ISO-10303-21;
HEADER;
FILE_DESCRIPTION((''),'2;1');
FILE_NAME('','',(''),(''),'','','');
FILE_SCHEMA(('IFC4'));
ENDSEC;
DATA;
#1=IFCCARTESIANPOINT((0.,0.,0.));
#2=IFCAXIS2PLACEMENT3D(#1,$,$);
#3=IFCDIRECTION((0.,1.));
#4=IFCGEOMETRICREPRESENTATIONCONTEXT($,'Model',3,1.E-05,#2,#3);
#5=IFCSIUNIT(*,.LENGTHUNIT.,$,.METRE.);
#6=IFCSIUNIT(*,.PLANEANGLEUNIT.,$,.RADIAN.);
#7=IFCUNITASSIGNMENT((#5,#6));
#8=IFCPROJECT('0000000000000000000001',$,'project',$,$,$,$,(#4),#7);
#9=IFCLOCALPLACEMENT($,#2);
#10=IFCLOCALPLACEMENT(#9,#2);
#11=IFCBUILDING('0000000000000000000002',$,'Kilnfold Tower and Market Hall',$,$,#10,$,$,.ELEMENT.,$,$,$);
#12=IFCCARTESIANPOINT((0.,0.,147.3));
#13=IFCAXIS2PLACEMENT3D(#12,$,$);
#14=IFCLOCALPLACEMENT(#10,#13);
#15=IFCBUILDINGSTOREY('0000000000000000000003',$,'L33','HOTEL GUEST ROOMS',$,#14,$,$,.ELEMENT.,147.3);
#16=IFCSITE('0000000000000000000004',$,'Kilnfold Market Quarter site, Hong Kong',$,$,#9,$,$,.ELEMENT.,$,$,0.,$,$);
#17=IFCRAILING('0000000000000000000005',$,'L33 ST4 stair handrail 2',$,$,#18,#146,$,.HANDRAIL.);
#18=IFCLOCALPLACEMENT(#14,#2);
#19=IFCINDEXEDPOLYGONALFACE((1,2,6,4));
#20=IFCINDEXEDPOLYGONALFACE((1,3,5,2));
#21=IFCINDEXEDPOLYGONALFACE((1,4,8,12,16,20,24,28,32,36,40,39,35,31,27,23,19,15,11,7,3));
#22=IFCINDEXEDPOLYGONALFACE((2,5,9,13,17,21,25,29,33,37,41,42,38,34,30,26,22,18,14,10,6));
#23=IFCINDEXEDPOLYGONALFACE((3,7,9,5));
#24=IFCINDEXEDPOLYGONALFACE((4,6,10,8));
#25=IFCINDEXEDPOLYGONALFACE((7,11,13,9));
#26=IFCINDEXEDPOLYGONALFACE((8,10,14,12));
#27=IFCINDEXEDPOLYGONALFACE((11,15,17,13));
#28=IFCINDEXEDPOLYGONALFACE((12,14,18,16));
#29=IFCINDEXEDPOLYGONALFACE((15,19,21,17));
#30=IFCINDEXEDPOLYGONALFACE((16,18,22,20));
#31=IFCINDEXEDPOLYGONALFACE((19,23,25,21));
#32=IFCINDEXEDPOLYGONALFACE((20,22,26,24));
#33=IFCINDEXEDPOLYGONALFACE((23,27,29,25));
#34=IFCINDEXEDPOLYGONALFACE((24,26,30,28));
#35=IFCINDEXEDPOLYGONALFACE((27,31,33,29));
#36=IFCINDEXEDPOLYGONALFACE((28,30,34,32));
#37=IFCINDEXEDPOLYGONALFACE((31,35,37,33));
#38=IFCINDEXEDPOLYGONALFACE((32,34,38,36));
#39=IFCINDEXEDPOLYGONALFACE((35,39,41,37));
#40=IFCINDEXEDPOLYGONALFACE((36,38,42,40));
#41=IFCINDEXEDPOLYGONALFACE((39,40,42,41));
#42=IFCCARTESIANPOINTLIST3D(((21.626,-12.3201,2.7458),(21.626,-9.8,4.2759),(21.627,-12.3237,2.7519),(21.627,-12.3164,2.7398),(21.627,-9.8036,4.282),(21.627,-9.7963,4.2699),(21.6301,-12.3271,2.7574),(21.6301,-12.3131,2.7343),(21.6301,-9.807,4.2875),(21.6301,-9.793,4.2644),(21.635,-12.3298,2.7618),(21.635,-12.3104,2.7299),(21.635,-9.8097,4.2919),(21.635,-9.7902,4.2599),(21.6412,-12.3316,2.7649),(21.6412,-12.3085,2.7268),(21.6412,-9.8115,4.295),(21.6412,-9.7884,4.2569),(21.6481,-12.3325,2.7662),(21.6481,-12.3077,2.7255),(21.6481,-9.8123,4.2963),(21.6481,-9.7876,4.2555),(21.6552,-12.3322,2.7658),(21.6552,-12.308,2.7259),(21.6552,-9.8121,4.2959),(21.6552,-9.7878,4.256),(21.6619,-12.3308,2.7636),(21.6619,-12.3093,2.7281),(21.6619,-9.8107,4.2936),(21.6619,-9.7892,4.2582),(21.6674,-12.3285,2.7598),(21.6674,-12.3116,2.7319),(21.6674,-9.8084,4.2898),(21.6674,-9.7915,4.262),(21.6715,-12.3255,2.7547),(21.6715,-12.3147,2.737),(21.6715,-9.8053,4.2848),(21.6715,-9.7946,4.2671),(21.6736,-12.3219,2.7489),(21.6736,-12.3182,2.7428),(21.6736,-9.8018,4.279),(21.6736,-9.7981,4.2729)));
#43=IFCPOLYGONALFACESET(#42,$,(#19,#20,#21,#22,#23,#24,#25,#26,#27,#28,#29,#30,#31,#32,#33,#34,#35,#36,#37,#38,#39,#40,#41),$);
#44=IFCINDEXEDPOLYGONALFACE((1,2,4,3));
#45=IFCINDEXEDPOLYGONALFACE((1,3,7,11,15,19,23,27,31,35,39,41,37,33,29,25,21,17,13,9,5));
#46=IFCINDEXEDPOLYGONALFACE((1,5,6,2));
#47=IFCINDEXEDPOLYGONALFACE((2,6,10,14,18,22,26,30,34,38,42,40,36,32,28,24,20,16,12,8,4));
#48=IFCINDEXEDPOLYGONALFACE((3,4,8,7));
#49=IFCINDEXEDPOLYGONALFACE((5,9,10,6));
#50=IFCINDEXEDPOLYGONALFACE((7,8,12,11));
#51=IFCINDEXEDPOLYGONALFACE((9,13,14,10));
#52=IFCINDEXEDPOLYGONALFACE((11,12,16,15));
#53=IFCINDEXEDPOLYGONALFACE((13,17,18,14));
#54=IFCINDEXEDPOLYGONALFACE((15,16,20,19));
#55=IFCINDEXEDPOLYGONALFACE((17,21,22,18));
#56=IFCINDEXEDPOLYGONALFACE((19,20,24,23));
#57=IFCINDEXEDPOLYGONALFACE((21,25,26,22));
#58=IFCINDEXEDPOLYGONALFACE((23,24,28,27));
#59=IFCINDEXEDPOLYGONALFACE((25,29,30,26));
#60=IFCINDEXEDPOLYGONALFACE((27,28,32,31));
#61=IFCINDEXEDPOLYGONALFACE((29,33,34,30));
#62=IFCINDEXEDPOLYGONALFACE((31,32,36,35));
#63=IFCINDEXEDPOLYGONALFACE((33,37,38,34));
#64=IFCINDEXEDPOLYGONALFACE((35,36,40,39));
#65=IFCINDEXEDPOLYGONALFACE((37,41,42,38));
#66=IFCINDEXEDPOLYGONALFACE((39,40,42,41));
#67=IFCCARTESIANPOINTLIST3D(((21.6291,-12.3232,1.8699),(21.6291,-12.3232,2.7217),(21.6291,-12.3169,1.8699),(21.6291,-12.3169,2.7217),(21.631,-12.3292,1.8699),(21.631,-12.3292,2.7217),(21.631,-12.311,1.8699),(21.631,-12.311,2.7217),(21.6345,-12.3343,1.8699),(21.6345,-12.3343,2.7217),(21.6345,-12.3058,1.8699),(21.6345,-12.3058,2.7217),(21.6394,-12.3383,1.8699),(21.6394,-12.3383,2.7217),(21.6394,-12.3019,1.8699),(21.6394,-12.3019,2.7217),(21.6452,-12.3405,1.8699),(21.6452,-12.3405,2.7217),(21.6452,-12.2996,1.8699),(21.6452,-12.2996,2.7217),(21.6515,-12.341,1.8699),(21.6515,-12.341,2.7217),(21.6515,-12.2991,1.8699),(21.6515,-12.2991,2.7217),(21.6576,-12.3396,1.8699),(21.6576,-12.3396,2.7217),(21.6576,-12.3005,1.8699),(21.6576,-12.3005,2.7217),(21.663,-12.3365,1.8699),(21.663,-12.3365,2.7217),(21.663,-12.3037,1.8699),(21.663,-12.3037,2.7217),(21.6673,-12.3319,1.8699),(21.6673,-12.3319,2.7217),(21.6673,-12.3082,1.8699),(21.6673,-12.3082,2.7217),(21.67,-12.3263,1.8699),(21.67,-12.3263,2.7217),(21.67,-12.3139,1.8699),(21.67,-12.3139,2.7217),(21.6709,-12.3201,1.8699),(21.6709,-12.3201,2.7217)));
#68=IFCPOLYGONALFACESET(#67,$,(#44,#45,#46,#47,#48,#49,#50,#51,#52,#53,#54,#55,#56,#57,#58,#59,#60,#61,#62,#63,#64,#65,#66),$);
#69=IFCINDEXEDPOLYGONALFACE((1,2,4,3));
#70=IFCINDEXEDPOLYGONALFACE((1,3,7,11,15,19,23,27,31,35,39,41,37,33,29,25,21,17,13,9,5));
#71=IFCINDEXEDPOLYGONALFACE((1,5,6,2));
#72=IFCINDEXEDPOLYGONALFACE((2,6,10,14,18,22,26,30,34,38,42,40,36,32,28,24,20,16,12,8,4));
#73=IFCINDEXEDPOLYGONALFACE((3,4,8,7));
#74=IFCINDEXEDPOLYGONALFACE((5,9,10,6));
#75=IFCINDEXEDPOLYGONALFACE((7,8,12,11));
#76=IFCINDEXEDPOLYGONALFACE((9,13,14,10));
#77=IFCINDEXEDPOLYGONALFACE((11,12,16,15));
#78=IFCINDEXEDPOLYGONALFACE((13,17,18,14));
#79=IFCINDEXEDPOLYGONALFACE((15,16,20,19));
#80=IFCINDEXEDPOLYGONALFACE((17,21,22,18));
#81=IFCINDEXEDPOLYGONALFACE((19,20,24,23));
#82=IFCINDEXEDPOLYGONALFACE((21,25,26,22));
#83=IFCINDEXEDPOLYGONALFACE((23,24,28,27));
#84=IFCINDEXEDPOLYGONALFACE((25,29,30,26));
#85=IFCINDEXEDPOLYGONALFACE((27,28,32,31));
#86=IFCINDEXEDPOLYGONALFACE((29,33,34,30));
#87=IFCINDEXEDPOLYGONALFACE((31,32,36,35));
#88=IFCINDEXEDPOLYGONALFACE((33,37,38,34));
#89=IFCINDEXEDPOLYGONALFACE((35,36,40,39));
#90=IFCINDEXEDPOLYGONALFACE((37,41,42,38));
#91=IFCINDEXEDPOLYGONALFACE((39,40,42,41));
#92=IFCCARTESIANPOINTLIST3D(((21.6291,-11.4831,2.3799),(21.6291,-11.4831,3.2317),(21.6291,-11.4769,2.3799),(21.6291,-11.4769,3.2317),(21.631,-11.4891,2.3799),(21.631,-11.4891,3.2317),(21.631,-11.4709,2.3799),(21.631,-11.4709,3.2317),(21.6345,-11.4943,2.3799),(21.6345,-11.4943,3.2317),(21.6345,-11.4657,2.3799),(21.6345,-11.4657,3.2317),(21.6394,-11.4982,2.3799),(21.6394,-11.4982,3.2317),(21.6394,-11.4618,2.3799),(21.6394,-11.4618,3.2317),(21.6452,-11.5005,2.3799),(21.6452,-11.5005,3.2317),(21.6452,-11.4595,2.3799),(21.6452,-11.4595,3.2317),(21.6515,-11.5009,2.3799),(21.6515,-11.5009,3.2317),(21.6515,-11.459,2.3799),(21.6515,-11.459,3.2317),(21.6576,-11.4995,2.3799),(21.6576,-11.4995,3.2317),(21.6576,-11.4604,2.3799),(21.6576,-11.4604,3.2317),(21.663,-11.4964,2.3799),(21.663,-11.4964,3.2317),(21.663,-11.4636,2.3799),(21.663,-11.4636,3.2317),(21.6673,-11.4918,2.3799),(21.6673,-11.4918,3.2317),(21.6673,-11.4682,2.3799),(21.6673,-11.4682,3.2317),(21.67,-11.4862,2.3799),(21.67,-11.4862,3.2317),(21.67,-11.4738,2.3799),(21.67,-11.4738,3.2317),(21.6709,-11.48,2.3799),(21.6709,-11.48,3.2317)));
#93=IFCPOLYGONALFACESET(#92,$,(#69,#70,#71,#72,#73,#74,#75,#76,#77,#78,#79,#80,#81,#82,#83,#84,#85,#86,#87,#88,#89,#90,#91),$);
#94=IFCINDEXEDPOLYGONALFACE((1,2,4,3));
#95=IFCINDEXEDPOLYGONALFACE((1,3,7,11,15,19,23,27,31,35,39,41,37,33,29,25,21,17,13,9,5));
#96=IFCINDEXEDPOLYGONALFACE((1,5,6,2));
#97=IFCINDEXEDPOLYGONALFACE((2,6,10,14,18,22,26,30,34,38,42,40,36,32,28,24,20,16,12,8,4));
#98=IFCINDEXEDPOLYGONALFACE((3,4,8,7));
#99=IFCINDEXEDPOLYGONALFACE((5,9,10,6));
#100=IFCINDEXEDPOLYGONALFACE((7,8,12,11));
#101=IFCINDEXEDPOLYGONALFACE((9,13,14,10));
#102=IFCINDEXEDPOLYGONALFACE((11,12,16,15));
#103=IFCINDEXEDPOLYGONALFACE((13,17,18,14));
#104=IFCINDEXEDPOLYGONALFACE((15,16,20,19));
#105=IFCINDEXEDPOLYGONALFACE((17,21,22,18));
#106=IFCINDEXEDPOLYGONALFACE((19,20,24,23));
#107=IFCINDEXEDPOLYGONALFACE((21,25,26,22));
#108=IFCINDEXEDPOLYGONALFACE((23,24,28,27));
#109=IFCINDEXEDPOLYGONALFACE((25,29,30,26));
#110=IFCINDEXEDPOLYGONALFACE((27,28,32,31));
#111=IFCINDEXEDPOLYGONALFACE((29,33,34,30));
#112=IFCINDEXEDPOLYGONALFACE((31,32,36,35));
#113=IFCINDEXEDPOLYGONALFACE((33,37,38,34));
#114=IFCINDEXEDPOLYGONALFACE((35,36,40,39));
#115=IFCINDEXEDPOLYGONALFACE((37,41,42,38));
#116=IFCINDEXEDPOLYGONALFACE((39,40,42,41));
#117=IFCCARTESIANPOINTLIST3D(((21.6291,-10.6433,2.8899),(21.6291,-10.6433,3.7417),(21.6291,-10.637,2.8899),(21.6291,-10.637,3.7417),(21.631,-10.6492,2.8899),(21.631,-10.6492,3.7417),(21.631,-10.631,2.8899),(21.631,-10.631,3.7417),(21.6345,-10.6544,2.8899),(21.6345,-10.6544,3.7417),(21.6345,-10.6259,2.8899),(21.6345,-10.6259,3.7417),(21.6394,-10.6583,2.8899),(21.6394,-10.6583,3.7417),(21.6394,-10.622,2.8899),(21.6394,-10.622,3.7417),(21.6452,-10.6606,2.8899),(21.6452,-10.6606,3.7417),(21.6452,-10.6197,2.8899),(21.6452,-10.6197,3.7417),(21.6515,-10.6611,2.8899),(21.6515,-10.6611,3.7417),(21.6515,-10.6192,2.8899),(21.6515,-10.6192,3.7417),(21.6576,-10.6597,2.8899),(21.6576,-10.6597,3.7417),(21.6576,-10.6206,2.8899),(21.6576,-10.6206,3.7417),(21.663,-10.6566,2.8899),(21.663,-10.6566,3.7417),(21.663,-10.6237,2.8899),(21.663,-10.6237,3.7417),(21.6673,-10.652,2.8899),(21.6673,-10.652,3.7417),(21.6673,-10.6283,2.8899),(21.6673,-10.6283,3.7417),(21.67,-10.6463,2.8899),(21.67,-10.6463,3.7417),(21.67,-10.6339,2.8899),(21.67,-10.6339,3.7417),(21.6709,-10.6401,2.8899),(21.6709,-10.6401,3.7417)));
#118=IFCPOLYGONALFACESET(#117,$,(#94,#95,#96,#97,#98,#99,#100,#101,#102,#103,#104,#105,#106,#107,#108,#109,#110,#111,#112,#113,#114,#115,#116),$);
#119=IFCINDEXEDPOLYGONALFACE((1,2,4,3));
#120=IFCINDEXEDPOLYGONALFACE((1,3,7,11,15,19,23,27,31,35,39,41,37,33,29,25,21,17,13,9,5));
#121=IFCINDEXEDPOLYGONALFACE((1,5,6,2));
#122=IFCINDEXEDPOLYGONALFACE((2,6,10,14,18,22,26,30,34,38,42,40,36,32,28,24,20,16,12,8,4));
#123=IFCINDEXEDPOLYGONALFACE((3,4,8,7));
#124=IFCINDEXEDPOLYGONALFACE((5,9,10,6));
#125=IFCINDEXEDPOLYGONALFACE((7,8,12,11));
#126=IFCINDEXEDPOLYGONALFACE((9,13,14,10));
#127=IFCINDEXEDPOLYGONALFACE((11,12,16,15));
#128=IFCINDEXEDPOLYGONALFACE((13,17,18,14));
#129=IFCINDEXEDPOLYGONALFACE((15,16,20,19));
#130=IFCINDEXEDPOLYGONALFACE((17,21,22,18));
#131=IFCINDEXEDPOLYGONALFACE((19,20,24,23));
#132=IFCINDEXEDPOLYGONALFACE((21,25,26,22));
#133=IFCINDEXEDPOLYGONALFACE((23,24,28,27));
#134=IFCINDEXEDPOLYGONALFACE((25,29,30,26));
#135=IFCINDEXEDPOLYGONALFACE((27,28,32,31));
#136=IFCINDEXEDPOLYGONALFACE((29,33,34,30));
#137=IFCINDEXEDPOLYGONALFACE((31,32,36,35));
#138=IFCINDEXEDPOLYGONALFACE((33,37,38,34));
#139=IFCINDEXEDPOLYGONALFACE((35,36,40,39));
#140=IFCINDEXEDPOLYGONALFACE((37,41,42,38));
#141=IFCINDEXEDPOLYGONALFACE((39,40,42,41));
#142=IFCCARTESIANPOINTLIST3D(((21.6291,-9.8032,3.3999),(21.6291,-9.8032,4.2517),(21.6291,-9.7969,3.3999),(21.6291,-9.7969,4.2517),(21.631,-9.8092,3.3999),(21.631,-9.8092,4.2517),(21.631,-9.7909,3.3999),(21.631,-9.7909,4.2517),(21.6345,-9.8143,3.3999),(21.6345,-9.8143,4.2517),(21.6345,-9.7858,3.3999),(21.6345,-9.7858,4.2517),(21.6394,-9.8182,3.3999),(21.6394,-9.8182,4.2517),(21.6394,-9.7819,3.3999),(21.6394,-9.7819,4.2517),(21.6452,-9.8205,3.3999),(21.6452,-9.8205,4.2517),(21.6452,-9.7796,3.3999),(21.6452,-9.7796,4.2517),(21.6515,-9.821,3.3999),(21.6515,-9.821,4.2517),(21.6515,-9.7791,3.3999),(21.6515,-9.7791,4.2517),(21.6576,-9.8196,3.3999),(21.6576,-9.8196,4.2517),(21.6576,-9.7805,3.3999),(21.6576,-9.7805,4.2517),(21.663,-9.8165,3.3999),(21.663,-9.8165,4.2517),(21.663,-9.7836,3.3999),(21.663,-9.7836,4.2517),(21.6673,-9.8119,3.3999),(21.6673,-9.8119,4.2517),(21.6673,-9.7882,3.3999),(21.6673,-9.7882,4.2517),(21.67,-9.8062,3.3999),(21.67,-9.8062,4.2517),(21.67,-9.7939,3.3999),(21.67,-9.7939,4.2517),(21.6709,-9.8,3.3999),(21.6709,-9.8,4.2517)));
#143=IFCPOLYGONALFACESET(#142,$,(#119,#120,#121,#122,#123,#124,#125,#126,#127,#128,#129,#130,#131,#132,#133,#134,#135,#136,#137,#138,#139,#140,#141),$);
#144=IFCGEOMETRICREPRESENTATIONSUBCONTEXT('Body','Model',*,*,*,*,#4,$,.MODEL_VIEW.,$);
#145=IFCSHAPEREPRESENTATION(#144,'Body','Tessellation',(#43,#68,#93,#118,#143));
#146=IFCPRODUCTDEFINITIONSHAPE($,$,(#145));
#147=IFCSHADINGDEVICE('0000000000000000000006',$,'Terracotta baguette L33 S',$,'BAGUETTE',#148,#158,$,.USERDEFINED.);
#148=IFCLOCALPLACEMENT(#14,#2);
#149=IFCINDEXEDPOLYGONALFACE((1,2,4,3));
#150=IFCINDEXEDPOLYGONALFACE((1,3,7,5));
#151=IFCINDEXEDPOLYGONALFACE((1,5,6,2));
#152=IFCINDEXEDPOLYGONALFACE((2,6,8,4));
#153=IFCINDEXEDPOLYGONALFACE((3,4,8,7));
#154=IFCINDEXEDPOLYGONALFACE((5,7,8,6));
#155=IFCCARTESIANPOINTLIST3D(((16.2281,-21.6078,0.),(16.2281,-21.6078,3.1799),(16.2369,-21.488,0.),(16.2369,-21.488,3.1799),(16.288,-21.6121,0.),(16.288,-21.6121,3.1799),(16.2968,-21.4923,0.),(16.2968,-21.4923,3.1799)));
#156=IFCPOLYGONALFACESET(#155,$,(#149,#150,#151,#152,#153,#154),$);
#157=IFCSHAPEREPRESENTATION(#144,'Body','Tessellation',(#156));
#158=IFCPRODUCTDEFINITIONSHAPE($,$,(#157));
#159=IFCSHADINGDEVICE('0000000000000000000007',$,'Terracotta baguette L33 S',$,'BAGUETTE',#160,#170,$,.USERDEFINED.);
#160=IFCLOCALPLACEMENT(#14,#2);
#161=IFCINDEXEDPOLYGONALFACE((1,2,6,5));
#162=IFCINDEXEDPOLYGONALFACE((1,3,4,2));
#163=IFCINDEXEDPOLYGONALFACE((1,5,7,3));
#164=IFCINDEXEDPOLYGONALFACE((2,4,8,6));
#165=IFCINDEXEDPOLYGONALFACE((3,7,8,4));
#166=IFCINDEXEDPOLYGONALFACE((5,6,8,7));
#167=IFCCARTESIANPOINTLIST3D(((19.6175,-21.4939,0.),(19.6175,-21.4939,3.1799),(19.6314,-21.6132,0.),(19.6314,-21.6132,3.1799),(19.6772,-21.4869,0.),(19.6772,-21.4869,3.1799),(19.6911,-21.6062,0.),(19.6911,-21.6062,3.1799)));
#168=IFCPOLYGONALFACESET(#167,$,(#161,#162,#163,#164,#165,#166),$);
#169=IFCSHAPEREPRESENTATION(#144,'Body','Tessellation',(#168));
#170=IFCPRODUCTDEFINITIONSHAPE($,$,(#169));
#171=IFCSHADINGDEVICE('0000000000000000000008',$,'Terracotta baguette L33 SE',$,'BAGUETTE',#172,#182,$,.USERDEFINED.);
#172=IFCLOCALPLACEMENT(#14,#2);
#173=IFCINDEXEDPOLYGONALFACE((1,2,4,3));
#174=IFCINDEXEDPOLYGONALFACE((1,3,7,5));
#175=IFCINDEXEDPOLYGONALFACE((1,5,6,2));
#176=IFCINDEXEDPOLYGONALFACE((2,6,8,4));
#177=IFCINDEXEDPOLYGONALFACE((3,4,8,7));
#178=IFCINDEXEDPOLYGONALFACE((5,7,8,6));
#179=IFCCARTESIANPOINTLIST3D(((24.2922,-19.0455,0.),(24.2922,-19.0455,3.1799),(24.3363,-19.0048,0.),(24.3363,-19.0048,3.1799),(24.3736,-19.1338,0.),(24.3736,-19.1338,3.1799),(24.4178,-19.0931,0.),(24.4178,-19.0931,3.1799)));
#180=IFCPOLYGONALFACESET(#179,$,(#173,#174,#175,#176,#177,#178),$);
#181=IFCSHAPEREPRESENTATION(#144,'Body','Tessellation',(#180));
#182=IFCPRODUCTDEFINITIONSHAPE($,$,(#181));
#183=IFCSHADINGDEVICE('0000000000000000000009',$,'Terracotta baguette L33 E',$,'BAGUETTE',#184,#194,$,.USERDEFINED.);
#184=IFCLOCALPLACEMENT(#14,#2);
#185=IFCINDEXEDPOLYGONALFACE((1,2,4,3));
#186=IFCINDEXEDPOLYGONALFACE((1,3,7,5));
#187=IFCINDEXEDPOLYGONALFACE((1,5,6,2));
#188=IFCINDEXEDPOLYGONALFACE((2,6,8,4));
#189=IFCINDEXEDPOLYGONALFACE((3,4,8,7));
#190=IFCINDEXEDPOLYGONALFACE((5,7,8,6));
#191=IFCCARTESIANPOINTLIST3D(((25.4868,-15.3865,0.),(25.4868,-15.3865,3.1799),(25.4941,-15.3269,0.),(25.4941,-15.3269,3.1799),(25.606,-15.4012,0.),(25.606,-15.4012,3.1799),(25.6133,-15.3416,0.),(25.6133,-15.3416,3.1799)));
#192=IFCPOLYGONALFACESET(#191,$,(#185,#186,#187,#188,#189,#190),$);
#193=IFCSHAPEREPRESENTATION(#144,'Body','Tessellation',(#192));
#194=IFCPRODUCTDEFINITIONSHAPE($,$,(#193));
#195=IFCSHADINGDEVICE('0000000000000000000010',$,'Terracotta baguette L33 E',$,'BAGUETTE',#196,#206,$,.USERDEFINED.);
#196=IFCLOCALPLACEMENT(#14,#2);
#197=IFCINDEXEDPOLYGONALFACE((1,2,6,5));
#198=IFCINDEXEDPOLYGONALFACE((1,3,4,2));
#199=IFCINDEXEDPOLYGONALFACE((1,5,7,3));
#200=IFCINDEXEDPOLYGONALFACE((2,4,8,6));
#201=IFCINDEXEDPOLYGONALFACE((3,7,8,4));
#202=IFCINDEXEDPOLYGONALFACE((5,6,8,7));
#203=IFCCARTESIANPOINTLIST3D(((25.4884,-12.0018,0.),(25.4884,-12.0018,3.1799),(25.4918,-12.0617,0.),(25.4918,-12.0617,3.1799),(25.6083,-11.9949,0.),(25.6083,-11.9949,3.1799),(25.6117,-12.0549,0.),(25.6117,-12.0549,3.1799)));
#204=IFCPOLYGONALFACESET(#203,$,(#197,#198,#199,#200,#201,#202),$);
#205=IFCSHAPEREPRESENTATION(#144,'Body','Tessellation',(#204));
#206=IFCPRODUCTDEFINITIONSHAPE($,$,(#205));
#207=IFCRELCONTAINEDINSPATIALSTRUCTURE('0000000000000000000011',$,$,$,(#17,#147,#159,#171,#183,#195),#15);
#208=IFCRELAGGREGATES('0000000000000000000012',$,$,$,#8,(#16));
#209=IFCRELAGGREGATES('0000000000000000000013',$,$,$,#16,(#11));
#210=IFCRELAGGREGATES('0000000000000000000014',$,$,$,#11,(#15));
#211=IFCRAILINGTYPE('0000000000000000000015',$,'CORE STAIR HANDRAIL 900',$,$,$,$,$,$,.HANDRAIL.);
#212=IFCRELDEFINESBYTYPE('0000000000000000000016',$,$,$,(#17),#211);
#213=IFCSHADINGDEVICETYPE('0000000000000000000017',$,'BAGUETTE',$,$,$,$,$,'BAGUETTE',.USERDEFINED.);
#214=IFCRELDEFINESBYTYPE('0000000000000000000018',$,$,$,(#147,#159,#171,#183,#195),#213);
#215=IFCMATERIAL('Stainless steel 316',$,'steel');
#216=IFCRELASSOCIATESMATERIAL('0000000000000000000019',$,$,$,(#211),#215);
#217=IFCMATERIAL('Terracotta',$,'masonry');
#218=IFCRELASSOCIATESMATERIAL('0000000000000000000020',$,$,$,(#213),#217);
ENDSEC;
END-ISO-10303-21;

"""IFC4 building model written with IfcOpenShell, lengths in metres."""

from ifc_helpers import new_model, si_unit, direction, frame, origin, origin_2d, place, context, subcontext, project, spatial, rectangle, circle, extrude, source, transform, mapped, material, material_profile, profile_set, type_object, element, save


model = new_model("IFC4")

# Units and contexts
model_context = context("Model", 3, precision=1e-05, world=origin(), true_north=direction((0.0, 1.0)))
body_context = subcontext(model_context, "Body", "Model", "MODEL_VIEW")
ifc_project = project(units=[si_unit("LENGTHUNIT", "METRE"), si_unit("PLANEANGLEUNIT", "RADIAN")], contexts=[model_context])

# Site, building, storey
site_placement = place(None, origin())
site = spatial("IfcSite", under=ifc_project, at=site_placement, Name="Kilnfold Market Quarter site, Hong Kong", CompositionType="ELEMENT", RefElevation=0.0)
building_placement = place(site_placement, origin())
building = spatial("IfcBuilding", under=site, at=building_placement, Name="Kilnfold Tower and Market Hall", CompositionType="ELEMENT")
storey_placement = place(building_placement, frame((0.0, 0.0, 147.3)))
storey = spatial("IfcBuildingStorey", under=building, at=storey_placement, Name="L33", Description="HOTEL GUEST ROOMS", CompositionType="ELEMENT", Elevation=147.3)

# Railing
ifc_material_1 = material(Name="Stainless steel 316", Category="steel")
railing_type_1 = type_object("IfcRailingType", Name="CORE STAIR HANDRAIL 900", PredefinedType="HANDRAIL", material=ifc_material_1)
railing_1_placement = place(storey_placement, frame((21.6499, -12.3201, 1.8699)))
element("IfcRailing", 1, at=railing_1_placement, inside=storey, type_object=railing_type_1, Name="L33 ST4 stair handrail 2", PredefinedType="HANDRAIL", context=body_context, shape_type="SweptSolid", body=[
    extrude(circle(Radius=0.0239, at=origin_2d()), frame((0.0, 0.0, 0.876), z_axis=(0.0, 0.854785, 0.518982), x_axis=(-1.0, 0.0, 0.0)), (0.0, 0.0, 1.0), 2.9482),
    extrude(circle(Radius=0.021, at=origin_2d()), origin(), (0.0, 0.0, 1.0), 0.8518),
    extrude(circle(Radius=0.021, at=origin_2d()), frame((0.0, 0.8401, 0.51)), (0.0, 0.0, 1.0), 0.8518),
    extrude(circle(Radius=0.021, at=origin_2d()), frame((0.0, 1.6799, 1.02)), (0.0, 0.0, 1.0), 0.8518),
    extrude(circle(Radius=0.021, at=origin_2d()), frame((0.0, 2.52, 1.53)), (0.0, 0.0, 1.0), 0.8518),
])

# Shading devices
ifc_material_2 = material(Name="Terracotta", Category="masonry")
ifc_material_profile_1 = material_profile(ifc_material_2, rectangle(XDim=0.0601, YDim=0.1201, at=origin_2d()), Name="BAG 60x120")
ifc_profile_set_1 = profile_set([ifc_material_profile_1], Name="Terracotta")
shading_device_type = type_object("IfcShadingDeviceType", Name="BAGUETTE", ElementType="BAGUETTE", PredefinedType="USERDEFINED", material=ifc_profile_set_1)
shared_shape_1 = source(origin(), body_context, "Body", "SweptSolid", [
    extrude(rectangle(XDim=0.0601, YDim=0.1201, at=origin_2d()), origin(), (0.0, 0.0, 1.0), 3.1799),
])
for number, where, z_axis, x_axis, name in (
    (2, (16.2625, -21.55, 0.0), (0.0, 0.0, 1.0), (0.997369, -0.07249, 0.0), "Terracotta baguette L33 S"),
    (3, (19.6543, -21.55, 0.0), (0.0, 0.0, 1.0), (0.993323, 0.115371, 0.0), "Terracotta baguette L33 S"),
    (4, (24.355, -19.0693, 0.0), (0.0, 0.0, 1.0), (0.735083, 0.677978, 0.0), "Terracotta baguette L33 SE"),
    (5, (25.55, -15.364, 0.0), (0.0, 0.0, 1.0), (0.122476, 0.992472, 0.0), "Terracotta baguette L33 E"),
    (6, (25.55, -12.0283, 0.0), (0.0, 0.0, 1.0), (-0.057219, 0.998362, 0.0), "Terracotta baguette L33 E"),
):
    element("IfcShadingDevice", number, at=place(storey_placement, frame(where, z_axis=z_axis, x_axis=x_axis)), inside=storey, type_object=shading_device_type, Name=name, ObjectType="BAGUETTE", PredefinedType="USERDEFINED", context=body_context, shape_type="MappedRepresentation", body=[
        mapped(shared_shape_1, transform((0.0, 0.0, 0.0))),
    ])

save(model, "model.ifc")
